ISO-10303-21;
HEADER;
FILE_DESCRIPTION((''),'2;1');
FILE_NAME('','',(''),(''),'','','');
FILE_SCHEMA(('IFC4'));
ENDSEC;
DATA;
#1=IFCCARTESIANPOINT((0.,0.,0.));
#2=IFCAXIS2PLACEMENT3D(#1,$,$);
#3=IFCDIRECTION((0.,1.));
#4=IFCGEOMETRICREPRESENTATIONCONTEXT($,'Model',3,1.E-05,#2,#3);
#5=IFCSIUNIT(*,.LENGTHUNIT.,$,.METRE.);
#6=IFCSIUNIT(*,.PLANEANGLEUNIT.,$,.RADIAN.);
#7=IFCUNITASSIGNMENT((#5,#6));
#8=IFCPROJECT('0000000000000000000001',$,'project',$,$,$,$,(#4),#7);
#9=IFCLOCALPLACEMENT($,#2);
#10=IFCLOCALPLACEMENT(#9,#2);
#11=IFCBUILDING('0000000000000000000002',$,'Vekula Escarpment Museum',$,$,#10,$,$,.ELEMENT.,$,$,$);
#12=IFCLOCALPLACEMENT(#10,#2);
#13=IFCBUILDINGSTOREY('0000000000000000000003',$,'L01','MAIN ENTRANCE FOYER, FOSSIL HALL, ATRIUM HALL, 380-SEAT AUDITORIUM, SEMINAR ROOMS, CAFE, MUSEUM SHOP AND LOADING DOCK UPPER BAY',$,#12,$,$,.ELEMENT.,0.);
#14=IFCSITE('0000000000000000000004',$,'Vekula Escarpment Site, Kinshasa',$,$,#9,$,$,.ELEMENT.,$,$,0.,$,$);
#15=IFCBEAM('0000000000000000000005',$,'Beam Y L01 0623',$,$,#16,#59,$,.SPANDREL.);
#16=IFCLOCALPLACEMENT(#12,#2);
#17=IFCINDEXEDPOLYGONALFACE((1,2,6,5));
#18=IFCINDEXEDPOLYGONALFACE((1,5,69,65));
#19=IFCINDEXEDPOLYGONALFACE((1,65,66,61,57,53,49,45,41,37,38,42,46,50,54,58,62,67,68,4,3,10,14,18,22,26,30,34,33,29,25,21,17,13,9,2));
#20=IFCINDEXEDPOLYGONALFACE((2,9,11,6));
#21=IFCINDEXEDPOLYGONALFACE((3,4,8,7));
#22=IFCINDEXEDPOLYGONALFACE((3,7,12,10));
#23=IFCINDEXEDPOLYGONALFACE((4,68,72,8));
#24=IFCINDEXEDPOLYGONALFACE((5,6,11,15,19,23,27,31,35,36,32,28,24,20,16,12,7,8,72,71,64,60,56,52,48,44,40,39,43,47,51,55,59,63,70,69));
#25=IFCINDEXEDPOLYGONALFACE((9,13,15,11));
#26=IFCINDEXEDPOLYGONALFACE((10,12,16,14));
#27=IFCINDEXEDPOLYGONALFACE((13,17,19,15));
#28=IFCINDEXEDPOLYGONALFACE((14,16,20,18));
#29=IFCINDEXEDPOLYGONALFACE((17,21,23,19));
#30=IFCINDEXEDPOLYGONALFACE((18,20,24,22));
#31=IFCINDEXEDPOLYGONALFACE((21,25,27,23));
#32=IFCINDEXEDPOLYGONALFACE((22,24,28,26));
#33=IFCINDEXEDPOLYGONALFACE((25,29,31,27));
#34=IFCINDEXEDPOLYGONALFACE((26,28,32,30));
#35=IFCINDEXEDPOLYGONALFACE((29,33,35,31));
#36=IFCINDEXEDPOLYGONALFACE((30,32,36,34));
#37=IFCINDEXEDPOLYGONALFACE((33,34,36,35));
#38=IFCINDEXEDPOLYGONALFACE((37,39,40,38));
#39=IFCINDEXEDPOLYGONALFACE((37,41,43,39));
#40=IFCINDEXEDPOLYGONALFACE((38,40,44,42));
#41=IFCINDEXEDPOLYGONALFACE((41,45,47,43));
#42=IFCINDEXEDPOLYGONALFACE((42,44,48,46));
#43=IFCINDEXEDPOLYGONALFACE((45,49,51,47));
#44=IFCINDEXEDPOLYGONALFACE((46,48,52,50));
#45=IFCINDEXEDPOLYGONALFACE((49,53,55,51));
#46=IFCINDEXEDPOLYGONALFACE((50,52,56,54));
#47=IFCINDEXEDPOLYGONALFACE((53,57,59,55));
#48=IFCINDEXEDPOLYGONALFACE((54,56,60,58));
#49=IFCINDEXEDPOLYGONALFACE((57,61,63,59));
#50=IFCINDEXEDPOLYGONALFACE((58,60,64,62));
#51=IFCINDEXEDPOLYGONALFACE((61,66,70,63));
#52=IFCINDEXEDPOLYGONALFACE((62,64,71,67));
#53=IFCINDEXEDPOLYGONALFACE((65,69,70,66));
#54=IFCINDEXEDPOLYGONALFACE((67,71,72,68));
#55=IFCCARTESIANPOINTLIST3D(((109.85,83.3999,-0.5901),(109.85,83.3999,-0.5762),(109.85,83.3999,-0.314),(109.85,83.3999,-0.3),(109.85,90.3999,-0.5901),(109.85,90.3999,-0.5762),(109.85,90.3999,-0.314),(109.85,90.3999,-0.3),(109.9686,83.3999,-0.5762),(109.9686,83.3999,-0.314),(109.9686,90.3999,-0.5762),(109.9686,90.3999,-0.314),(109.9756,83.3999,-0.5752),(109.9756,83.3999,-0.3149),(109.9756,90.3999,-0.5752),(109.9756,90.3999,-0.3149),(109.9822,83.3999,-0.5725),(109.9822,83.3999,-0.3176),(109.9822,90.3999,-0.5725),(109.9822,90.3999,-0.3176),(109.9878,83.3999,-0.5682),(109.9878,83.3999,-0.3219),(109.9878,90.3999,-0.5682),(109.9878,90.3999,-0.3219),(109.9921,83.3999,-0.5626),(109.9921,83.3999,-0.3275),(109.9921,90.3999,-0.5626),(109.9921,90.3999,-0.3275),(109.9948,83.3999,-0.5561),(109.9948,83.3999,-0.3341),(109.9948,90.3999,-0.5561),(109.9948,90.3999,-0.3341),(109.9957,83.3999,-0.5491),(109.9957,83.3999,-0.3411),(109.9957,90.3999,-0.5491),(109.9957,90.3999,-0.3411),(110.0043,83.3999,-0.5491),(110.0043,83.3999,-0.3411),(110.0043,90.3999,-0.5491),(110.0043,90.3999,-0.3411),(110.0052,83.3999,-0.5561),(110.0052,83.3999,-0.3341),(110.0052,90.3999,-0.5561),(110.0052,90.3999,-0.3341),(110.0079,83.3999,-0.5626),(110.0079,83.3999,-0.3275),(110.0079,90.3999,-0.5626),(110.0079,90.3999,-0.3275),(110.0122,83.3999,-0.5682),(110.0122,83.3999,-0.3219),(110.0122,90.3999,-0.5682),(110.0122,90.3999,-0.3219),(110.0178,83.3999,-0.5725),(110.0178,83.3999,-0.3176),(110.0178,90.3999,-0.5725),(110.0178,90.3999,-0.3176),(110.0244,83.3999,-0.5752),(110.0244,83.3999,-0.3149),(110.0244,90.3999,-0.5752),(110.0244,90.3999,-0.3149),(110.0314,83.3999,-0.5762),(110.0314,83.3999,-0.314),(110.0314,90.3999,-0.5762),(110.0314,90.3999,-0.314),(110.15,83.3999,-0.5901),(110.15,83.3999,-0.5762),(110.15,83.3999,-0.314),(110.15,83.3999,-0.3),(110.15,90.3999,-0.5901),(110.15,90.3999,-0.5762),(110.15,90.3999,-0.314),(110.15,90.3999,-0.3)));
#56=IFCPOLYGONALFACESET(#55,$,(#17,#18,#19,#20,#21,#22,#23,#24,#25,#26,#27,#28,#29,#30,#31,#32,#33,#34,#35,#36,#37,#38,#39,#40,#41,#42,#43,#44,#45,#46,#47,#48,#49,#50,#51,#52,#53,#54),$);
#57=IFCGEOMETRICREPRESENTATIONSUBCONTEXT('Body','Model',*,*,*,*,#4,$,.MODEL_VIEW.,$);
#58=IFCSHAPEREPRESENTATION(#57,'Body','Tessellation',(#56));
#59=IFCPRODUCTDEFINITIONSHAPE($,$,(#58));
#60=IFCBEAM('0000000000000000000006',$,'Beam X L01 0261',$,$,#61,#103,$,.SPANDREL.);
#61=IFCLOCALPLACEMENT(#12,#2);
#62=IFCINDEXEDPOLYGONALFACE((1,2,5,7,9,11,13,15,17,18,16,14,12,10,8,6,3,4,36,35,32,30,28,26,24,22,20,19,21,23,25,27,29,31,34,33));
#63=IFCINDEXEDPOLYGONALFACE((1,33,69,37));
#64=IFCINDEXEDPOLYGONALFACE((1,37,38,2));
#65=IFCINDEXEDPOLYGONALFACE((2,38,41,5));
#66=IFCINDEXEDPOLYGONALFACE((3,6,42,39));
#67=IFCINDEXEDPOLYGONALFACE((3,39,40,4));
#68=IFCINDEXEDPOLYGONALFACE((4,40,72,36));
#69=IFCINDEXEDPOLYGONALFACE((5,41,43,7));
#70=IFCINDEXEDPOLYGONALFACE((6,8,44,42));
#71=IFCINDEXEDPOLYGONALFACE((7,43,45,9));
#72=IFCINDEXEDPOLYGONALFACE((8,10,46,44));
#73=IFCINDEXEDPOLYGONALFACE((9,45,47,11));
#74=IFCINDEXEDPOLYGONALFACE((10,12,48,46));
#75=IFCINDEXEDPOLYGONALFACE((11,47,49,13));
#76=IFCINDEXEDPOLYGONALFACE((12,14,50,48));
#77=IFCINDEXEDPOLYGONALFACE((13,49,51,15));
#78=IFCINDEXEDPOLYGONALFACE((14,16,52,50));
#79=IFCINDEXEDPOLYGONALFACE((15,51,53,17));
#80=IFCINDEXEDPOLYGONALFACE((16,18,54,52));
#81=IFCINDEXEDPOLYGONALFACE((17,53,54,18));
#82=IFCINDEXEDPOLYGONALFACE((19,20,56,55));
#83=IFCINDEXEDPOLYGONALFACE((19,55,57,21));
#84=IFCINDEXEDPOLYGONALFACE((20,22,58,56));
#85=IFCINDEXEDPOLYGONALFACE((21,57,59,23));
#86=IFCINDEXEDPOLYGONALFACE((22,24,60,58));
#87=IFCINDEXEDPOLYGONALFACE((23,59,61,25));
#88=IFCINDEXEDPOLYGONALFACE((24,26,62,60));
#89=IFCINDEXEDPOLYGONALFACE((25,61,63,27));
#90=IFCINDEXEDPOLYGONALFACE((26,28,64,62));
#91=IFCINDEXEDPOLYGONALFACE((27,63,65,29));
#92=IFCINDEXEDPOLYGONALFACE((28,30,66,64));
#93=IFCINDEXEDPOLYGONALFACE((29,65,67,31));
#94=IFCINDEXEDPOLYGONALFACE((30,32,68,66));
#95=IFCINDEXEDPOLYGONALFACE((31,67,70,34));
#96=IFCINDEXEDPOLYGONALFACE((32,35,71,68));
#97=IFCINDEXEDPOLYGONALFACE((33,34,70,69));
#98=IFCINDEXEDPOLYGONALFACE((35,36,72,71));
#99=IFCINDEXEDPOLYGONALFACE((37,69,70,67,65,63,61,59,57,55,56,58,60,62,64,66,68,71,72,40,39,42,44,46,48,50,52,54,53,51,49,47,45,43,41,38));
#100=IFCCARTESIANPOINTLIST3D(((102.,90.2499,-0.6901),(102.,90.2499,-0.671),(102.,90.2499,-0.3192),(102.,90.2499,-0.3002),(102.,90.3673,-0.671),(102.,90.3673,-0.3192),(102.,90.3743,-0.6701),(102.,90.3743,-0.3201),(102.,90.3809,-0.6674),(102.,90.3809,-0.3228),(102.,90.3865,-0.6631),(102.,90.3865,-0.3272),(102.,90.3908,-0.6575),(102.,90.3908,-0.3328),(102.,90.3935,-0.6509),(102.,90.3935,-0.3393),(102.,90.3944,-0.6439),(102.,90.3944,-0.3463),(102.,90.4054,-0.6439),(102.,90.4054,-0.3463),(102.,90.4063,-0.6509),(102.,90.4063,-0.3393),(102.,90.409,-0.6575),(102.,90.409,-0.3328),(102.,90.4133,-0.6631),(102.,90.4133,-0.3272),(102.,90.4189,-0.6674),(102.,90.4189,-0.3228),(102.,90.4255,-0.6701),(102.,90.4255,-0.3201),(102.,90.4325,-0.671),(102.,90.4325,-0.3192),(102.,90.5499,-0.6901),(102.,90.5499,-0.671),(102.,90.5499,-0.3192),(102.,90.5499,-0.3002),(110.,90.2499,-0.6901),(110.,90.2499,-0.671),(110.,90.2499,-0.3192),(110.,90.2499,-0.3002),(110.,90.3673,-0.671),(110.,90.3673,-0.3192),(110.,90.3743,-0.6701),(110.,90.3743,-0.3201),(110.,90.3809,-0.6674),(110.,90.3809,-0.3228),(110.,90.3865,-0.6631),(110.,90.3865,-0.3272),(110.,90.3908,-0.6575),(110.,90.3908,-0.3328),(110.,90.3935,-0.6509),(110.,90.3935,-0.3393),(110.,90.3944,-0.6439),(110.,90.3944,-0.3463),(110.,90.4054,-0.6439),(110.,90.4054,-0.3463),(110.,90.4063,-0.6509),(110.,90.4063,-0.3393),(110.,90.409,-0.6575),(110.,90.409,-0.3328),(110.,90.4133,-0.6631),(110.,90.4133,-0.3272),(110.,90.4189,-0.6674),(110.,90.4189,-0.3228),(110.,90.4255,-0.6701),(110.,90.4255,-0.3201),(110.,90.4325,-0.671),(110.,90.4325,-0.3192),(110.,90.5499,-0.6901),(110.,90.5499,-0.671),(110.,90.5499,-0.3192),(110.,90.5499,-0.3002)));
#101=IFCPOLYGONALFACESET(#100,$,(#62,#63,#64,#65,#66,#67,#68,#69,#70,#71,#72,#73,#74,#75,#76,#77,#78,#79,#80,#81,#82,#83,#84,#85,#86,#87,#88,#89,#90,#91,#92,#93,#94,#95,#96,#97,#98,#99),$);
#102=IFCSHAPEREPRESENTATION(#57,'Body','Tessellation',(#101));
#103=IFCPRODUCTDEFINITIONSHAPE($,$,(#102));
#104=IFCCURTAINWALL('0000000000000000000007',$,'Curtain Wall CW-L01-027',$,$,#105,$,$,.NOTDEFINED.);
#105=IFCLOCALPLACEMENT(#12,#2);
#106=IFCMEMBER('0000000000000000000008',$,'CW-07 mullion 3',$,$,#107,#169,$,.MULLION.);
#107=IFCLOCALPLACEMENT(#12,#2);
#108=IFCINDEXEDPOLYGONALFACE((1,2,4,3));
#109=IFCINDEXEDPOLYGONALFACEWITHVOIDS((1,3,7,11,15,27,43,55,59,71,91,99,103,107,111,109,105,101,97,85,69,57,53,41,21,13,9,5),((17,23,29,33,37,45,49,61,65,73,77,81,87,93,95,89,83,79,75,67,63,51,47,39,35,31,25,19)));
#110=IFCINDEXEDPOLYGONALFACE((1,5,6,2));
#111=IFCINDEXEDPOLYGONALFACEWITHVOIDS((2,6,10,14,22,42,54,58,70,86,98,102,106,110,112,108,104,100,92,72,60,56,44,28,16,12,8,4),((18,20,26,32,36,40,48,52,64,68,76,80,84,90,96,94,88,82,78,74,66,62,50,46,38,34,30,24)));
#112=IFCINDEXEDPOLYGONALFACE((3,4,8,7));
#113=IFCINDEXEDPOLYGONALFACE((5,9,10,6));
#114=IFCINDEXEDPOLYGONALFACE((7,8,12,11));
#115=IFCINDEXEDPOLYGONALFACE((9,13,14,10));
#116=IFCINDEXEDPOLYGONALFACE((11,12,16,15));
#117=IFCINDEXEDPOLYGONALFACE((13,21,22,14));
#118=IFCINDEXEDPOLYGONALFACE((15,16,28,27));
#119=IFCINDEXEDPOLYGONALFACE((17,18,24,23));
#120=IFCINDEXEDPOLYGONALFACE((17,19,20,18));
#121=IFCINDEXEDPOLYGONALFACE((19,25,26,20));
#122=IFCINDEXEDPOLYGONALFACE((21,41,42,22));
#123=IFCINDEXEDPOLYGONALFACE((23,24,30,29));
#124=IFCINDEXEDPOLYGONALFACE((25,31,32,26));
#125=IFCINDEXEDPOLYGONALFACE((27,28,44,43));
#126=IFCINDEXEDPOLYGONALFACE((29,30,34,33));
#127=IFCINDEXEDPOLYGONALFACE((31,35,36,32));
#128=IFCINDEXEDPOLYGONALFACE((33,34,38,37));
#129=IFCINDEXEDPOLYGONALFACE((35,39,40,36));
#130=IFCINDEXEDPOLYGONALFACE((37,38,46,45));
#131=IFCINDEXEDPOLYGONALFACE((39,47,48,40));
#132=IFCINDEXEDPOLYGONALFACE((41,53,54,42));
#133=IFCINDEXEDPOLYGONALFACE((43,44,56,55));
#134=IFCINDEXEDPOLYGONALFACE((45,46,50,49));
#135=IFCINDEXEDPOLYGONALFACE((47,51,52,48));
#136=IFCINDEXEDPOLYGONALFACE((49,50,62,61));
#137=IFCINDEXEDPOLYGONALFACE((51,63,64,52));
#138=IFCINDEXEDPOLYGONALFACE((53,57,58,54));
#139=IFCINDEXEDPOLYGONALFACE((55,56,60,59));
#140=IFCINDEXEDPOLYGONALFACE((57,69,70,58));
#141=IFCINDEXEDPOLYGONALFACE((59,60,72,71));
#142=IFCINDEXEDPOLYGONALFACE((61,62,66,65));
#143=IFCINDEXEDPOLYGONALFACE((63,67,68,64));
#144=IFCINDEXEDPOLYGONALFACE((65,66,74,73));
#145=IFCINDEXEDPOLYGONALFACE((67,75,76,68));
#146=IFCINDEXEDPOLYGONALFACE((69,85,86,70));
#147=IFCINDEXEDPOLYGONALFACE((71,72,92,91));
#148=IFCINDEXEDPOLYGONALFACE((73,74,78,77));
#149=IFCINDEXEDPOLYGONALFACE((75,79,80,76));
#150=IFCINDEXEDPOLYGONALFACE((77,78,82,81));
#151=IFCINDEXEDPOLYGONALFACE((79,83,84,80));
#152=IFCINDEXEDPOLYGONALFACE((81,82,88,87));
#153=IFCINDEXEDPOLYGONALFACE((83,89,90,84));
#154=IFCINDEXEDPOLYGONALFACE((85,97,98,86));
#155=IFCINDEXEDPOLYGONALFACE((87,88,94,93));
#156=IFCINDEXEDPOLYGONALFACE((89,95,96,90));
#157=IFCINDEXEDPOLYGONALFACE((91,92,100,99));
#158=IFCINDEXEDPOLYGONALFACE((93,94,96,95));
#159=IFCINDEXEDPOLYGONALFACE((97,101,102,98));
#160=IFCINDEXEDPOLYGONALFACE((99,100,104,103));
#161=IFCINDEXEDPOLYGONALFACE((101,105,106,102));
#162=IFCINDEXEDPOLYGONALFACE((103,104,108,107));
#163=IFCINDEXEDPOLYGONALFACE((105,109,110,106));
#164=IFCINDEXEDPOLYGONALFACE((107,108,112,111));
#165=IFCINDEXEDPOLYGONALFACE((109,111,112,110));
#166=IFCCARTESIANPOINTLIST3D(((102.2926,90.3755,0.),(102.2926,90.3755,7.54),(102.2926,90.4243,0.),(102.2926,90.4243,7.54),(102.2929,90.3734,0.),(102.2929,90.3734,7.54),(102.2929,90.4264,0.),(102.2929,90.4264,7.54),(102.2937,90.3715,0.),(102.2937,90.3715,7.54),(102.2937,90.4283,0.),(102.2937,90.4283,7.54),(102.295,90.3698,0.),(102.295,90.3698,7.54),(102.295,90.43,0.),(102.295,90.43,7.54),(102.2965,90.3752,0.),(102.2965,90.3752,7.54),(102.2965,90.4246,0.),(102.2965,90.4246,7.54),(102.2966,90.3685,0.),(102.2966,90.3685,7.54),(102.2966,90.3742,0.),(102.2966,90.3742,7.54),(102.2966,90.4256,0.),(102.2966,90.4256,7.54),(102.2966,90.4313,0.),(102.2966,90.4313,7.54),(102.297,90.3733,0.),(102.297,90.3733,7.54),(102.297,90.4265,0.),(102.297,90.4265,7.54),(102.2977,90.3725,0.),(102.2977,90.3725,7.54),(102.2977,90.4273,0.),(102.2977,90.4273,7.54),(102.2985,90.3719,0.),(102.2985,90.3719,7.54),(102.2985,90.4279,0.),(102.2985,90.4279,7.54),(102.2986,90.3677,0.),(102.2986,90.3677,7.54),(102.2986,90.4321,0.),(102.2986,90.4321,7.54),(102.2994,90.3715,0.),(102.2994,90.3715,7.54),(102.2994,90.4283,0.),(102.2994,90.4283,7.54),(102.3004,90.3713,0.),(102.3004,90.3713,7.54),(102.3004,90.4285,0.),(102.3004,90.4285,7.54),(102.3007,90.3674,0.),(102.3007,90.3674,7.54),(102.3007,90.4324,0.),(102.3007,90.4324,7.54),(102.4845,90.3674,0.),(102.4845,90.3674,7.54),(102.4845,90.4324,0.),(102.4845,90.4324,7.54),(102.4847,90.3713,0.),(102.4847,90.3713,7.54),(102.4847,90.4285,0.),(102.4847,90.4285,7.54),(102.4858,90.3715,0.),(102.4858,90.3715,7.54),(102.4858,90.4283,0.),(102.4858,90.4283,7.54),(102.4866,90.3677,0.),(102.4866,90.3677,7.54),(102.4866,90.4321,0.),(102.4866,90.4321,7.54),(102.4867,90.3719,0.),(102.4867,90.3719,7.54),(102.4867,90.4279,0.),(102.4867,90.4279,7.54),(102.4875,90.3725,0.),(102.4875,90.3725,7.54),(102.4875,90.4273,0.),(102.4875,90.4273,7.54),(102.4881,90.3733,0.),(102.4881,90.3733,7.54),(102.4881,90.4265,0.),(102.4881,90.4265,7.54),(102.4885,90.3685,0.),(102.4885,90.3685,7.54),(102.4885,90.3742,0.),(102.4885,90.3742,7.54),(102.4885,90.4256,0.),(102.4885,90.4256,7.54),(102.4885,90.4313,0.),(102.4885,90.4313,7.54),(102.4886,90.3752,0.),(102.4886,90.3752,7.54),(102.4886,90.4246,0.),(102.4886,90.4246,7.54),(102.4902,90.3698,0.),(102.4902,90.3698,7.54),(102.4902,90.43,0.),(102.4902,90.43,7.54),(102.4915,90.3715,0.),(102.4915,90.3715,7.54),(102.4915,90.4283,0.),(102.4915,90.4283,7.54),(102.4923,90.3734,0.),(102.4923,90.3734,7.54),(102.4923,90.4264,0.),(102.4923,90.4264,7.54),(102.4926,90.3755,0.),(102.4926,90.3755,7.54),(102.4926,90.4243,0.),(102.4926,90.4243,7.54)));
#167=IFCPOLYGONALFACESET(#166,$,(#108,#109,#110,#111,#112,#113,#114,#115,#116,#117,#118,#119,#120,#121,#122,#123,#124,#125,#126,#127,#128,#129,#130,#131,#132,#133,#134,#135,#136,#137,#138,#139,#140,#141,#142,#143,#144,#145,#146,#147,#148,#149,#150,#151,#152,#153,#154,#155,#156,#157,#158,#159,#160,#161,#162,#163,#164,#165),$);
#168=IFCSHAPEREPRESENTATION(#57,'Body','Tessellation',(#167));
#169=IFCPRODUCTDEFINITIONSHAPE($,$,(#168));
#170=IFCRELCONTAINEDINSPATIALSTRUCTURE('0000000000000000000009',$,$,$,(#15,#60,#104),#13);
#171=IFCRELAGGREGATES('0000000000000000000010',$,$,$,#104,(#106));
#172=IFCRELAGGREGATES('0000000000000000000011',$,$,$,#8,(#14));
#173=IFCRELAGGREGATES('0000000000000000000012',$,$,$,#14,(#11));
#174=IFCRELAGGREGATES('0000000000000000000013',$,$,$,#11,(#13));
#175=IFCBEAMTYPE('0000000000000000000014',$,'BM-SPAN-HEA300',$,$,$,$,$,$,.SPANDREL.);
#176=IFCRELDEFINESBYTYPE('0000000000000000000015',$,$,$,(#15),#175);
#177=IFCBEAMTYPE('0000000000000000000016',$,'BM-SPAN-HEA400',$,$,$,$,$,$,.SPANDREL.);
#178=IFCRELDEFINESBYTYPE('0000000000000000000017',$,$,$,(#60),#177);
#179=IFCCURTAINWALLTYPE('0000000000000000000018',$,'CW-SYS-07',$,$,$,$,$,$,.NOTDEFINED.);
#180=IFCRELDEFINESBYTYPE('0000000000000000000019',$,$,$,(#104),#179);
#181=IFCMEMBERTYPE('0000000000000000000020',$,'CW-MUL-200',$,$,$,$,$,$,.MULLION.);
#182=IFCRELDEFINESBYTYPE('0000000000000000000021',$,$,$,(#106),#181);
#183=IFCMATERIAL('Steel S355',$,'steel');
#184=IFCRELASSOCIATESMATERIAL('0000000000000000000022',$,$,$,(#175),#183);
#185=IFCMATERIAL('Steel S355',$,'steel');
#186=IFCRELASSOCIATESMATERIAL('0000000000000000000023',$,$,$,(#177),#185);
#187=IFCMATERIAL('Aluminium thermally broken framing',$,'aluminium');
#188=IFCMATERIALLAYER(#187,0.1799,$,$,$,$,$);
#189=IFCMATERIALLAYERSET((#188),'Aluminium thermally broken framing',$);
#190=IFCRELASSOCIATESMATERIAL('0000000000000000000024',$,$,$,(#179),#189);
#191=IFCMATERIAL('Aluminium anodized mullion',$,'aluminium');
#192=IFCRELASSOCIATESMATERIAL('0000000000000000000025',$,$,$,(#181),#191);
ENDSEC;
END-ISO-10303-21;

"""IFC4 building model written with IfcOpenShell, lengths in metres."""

from ifc_helpers import new_model, si_unit, direction, frame, origin, origin_2d, place, context, subcontext, project, spatial, hollow_rectangle, i_section, extrude, material, layer, layer_set, material_profile, profile_set, type_object, element, aggregate, save


model = new_model("IFC4")

# Units and contexts
model_context = context("Model", 3, precision=1e-05, world=origin(), true_north=direction((0.0, 1.0)))
body_context = subcontext(model_context, "Body", "Model", "MODEL_VIEW")
ifc_project = project(units=[si_unit("LENGTHUNIT", "METRE"), si_unit("PLANEANGLEUNIT", "RADIAN")], contexts=[model_context])

# Site, building, storey
site_placement = place(None, origin())
site = spatial("IfcSite", under=ifc_project, at=site_placement, Name="Vekula Escarpment Site, Kinshasa", CompositionType="ELEMENT", RefElevation=0.0)
building_placement = place(site_placement, origin())
building = spatial("IfcBuilding", under=site, at=building_placement, Name="Vekula Escarpment Museum", CompositionType="ELEMENT")
storey_placement = place(building_placement, origin())
storey = spatial("IfcBuildingStorey", under=building, at=storey_placement, Name="L01", Description="MAIN ENTRANCE FOYER, FOSSIL HALL, ATRIUM HALL, 380-SEAT AUDITORIUM, SEMINAR ROOMS, CAFE, MUSEUM SHOP AND LOADING DOCK UPPER BAY", CompositionType="ELEMENT", Elevation=0.0)

# Beams
ifc_material_1 = material(Name="Steel S355", Category="steel")
ifc_material_profile_1 = material_profile(ifc_material_1, i_section(OverallWidth=0.3, OverallDepth=0.29, WebThickness=0.0085, FlangeThickness=0.0139, FilletRadius=0.0271, at=origin_2d()), Name="HEA 300")
ifc_profile_set_1 = profile_set([ifc_material_profile_1], Name="Steel S355")
beam_type_1 = type_object("IfcBeamType", Name="BM-SPAN-HEA300", PredefinedType="SPANDREL", material=ifc_profile_set_1)
beam_1_placement = place(storey_placement, frame((110.0, 83.3999, -0.4451), z_axis=(0.0, 1.0, 0.0), x_axis=(-1.0, 0.0, 0.0)))
element("IfcBeam", 1, at=beam_1_placement, inside=storey, type_object=beam_type_1, Name="Beam Y L01 0623", PredefinedType="SPANDREL", context=body_context, shape_type="SweptSolid", body=[
    extrude(i_section(OverallWidth=0.3, OverallDepth=0.29, WebThickness=0.0085, FlangeThickness=0.0139, FilletRadius=0.0271, at=origin_2d()), origin(), (0.0, 0.0, 1.0), 7.0),
])
ifc_material_2 = material(Name="Steel S355", Category="steel")
ifc_material_profile_2 = material_profile(ifc_material_2, i_section(OverallWidth=0.3, OverallDepth=0.3899, WebThickness=0.011, FlangeThickness=0.019, FilletRadius=0.0271, at=origin_2d()), Name="HEA 400")
ifc_profile_set_2 = profile_set([ifc_material_profile_2], Name="Steel S355")
beam_type_2 = type_object("IfcBeamType", Name="BM-SPAN-HEA400", PredefinedType="SPANDREL", material=ifc_profile_set_2)
beam_2_placement = place(storey_placement, frame((102.0, 90.3999, -0.4951), z_axis=(1.0, 0.0, 0.0), x_axis=(0.0, 1.0, 0.0)))
element("IfcBeam", 2, at=beam_2_placement, inside=storey, type_object=beam_type_2, Name="Beam X L01 0261", PredefinedType="SPANDREL", context=body_context, shape_type="SweptSolid", body=[
    extrude(i_section(OverallWidth=0.3, OverallDepth=0.3899, WebThickness=0.011, FlangeThickness=0.019, FilletRadius=0.0271, at=origin_2d()), origin(), (0.0, 0.0, 1.0), 8.0),
])

# Curtain wall, member
ifc_material_3 = material(Name="Aluminium thermally broken framing", Category="aluminium")
ifc_layer_1 = layer(ifc_material_3, 0.1799)
ifc_layer_set_1 = layer_set([ifc_layer_1], Name="Aluminium thermally broken framing")
curtain_wall_type = type_object("IfcCurtainWallType", Name="CW-SYS-07", PredefinedType="NOTDEFINED", material=ifc_layer_set_1)
curtain_wall_placement = place(storey_placement, origin())
curtain_wall = element("IfcCurtainWall", 3, at=curtain_wall_placement, inside=storey, type_object=curtain_wall_type, Name="Curtain Wall CW-L01-027", PredefinedType="NOTDEFINED")
ifc_material_4 = material(Name="Aluminium anodized mullion", Category="aluminium")
ifc_material_profile_3 = material_profile(ifc_material_4, hollow_rectangle(XDim=0.0649, YDim=0.2, WallThickness=0.0039, InnerFilletRadius=0.0039, OuterFilletRadius=0.0081, at=origin_2d()), Name="ALU 200x65x4")
ifc_profile_set_3 = profile_set([ifc_material_profile_3], Name="Aluminium anodized mullion")
member_type_1 = type_object("IfcMemberType", Name="CW-MUL-200", PredefinedType="MULLION", material=ifc_profile_set_3)
member_1_placement = place(storey_placement, frame((102.3926, 90.3999, 0.0), z_axis=(0.0, 0.0, 1.0), x_axis=(0.0, -1.0, 0.0)))
member_1 = element("IfcMember", 4, at=member_1_placement, type_object=member_type_1, Name="CW-07 mullion 3", PredefinedType="MULLION", context=body_context, shape_type="SweptSolid", body=[
    extrude(hollow_rectangle(XDim=0.0649, YDim=0.2, WallThickness=0.0039, InnerFilletRadius=0.0039, OuterFilletRadius=0.0081, at=origin_2d()), origin(), (0.0, 0.0, 1.0), 7.54),
])
aggregate(curtain_wall, [member_1])

save(model, "model.ifc")
